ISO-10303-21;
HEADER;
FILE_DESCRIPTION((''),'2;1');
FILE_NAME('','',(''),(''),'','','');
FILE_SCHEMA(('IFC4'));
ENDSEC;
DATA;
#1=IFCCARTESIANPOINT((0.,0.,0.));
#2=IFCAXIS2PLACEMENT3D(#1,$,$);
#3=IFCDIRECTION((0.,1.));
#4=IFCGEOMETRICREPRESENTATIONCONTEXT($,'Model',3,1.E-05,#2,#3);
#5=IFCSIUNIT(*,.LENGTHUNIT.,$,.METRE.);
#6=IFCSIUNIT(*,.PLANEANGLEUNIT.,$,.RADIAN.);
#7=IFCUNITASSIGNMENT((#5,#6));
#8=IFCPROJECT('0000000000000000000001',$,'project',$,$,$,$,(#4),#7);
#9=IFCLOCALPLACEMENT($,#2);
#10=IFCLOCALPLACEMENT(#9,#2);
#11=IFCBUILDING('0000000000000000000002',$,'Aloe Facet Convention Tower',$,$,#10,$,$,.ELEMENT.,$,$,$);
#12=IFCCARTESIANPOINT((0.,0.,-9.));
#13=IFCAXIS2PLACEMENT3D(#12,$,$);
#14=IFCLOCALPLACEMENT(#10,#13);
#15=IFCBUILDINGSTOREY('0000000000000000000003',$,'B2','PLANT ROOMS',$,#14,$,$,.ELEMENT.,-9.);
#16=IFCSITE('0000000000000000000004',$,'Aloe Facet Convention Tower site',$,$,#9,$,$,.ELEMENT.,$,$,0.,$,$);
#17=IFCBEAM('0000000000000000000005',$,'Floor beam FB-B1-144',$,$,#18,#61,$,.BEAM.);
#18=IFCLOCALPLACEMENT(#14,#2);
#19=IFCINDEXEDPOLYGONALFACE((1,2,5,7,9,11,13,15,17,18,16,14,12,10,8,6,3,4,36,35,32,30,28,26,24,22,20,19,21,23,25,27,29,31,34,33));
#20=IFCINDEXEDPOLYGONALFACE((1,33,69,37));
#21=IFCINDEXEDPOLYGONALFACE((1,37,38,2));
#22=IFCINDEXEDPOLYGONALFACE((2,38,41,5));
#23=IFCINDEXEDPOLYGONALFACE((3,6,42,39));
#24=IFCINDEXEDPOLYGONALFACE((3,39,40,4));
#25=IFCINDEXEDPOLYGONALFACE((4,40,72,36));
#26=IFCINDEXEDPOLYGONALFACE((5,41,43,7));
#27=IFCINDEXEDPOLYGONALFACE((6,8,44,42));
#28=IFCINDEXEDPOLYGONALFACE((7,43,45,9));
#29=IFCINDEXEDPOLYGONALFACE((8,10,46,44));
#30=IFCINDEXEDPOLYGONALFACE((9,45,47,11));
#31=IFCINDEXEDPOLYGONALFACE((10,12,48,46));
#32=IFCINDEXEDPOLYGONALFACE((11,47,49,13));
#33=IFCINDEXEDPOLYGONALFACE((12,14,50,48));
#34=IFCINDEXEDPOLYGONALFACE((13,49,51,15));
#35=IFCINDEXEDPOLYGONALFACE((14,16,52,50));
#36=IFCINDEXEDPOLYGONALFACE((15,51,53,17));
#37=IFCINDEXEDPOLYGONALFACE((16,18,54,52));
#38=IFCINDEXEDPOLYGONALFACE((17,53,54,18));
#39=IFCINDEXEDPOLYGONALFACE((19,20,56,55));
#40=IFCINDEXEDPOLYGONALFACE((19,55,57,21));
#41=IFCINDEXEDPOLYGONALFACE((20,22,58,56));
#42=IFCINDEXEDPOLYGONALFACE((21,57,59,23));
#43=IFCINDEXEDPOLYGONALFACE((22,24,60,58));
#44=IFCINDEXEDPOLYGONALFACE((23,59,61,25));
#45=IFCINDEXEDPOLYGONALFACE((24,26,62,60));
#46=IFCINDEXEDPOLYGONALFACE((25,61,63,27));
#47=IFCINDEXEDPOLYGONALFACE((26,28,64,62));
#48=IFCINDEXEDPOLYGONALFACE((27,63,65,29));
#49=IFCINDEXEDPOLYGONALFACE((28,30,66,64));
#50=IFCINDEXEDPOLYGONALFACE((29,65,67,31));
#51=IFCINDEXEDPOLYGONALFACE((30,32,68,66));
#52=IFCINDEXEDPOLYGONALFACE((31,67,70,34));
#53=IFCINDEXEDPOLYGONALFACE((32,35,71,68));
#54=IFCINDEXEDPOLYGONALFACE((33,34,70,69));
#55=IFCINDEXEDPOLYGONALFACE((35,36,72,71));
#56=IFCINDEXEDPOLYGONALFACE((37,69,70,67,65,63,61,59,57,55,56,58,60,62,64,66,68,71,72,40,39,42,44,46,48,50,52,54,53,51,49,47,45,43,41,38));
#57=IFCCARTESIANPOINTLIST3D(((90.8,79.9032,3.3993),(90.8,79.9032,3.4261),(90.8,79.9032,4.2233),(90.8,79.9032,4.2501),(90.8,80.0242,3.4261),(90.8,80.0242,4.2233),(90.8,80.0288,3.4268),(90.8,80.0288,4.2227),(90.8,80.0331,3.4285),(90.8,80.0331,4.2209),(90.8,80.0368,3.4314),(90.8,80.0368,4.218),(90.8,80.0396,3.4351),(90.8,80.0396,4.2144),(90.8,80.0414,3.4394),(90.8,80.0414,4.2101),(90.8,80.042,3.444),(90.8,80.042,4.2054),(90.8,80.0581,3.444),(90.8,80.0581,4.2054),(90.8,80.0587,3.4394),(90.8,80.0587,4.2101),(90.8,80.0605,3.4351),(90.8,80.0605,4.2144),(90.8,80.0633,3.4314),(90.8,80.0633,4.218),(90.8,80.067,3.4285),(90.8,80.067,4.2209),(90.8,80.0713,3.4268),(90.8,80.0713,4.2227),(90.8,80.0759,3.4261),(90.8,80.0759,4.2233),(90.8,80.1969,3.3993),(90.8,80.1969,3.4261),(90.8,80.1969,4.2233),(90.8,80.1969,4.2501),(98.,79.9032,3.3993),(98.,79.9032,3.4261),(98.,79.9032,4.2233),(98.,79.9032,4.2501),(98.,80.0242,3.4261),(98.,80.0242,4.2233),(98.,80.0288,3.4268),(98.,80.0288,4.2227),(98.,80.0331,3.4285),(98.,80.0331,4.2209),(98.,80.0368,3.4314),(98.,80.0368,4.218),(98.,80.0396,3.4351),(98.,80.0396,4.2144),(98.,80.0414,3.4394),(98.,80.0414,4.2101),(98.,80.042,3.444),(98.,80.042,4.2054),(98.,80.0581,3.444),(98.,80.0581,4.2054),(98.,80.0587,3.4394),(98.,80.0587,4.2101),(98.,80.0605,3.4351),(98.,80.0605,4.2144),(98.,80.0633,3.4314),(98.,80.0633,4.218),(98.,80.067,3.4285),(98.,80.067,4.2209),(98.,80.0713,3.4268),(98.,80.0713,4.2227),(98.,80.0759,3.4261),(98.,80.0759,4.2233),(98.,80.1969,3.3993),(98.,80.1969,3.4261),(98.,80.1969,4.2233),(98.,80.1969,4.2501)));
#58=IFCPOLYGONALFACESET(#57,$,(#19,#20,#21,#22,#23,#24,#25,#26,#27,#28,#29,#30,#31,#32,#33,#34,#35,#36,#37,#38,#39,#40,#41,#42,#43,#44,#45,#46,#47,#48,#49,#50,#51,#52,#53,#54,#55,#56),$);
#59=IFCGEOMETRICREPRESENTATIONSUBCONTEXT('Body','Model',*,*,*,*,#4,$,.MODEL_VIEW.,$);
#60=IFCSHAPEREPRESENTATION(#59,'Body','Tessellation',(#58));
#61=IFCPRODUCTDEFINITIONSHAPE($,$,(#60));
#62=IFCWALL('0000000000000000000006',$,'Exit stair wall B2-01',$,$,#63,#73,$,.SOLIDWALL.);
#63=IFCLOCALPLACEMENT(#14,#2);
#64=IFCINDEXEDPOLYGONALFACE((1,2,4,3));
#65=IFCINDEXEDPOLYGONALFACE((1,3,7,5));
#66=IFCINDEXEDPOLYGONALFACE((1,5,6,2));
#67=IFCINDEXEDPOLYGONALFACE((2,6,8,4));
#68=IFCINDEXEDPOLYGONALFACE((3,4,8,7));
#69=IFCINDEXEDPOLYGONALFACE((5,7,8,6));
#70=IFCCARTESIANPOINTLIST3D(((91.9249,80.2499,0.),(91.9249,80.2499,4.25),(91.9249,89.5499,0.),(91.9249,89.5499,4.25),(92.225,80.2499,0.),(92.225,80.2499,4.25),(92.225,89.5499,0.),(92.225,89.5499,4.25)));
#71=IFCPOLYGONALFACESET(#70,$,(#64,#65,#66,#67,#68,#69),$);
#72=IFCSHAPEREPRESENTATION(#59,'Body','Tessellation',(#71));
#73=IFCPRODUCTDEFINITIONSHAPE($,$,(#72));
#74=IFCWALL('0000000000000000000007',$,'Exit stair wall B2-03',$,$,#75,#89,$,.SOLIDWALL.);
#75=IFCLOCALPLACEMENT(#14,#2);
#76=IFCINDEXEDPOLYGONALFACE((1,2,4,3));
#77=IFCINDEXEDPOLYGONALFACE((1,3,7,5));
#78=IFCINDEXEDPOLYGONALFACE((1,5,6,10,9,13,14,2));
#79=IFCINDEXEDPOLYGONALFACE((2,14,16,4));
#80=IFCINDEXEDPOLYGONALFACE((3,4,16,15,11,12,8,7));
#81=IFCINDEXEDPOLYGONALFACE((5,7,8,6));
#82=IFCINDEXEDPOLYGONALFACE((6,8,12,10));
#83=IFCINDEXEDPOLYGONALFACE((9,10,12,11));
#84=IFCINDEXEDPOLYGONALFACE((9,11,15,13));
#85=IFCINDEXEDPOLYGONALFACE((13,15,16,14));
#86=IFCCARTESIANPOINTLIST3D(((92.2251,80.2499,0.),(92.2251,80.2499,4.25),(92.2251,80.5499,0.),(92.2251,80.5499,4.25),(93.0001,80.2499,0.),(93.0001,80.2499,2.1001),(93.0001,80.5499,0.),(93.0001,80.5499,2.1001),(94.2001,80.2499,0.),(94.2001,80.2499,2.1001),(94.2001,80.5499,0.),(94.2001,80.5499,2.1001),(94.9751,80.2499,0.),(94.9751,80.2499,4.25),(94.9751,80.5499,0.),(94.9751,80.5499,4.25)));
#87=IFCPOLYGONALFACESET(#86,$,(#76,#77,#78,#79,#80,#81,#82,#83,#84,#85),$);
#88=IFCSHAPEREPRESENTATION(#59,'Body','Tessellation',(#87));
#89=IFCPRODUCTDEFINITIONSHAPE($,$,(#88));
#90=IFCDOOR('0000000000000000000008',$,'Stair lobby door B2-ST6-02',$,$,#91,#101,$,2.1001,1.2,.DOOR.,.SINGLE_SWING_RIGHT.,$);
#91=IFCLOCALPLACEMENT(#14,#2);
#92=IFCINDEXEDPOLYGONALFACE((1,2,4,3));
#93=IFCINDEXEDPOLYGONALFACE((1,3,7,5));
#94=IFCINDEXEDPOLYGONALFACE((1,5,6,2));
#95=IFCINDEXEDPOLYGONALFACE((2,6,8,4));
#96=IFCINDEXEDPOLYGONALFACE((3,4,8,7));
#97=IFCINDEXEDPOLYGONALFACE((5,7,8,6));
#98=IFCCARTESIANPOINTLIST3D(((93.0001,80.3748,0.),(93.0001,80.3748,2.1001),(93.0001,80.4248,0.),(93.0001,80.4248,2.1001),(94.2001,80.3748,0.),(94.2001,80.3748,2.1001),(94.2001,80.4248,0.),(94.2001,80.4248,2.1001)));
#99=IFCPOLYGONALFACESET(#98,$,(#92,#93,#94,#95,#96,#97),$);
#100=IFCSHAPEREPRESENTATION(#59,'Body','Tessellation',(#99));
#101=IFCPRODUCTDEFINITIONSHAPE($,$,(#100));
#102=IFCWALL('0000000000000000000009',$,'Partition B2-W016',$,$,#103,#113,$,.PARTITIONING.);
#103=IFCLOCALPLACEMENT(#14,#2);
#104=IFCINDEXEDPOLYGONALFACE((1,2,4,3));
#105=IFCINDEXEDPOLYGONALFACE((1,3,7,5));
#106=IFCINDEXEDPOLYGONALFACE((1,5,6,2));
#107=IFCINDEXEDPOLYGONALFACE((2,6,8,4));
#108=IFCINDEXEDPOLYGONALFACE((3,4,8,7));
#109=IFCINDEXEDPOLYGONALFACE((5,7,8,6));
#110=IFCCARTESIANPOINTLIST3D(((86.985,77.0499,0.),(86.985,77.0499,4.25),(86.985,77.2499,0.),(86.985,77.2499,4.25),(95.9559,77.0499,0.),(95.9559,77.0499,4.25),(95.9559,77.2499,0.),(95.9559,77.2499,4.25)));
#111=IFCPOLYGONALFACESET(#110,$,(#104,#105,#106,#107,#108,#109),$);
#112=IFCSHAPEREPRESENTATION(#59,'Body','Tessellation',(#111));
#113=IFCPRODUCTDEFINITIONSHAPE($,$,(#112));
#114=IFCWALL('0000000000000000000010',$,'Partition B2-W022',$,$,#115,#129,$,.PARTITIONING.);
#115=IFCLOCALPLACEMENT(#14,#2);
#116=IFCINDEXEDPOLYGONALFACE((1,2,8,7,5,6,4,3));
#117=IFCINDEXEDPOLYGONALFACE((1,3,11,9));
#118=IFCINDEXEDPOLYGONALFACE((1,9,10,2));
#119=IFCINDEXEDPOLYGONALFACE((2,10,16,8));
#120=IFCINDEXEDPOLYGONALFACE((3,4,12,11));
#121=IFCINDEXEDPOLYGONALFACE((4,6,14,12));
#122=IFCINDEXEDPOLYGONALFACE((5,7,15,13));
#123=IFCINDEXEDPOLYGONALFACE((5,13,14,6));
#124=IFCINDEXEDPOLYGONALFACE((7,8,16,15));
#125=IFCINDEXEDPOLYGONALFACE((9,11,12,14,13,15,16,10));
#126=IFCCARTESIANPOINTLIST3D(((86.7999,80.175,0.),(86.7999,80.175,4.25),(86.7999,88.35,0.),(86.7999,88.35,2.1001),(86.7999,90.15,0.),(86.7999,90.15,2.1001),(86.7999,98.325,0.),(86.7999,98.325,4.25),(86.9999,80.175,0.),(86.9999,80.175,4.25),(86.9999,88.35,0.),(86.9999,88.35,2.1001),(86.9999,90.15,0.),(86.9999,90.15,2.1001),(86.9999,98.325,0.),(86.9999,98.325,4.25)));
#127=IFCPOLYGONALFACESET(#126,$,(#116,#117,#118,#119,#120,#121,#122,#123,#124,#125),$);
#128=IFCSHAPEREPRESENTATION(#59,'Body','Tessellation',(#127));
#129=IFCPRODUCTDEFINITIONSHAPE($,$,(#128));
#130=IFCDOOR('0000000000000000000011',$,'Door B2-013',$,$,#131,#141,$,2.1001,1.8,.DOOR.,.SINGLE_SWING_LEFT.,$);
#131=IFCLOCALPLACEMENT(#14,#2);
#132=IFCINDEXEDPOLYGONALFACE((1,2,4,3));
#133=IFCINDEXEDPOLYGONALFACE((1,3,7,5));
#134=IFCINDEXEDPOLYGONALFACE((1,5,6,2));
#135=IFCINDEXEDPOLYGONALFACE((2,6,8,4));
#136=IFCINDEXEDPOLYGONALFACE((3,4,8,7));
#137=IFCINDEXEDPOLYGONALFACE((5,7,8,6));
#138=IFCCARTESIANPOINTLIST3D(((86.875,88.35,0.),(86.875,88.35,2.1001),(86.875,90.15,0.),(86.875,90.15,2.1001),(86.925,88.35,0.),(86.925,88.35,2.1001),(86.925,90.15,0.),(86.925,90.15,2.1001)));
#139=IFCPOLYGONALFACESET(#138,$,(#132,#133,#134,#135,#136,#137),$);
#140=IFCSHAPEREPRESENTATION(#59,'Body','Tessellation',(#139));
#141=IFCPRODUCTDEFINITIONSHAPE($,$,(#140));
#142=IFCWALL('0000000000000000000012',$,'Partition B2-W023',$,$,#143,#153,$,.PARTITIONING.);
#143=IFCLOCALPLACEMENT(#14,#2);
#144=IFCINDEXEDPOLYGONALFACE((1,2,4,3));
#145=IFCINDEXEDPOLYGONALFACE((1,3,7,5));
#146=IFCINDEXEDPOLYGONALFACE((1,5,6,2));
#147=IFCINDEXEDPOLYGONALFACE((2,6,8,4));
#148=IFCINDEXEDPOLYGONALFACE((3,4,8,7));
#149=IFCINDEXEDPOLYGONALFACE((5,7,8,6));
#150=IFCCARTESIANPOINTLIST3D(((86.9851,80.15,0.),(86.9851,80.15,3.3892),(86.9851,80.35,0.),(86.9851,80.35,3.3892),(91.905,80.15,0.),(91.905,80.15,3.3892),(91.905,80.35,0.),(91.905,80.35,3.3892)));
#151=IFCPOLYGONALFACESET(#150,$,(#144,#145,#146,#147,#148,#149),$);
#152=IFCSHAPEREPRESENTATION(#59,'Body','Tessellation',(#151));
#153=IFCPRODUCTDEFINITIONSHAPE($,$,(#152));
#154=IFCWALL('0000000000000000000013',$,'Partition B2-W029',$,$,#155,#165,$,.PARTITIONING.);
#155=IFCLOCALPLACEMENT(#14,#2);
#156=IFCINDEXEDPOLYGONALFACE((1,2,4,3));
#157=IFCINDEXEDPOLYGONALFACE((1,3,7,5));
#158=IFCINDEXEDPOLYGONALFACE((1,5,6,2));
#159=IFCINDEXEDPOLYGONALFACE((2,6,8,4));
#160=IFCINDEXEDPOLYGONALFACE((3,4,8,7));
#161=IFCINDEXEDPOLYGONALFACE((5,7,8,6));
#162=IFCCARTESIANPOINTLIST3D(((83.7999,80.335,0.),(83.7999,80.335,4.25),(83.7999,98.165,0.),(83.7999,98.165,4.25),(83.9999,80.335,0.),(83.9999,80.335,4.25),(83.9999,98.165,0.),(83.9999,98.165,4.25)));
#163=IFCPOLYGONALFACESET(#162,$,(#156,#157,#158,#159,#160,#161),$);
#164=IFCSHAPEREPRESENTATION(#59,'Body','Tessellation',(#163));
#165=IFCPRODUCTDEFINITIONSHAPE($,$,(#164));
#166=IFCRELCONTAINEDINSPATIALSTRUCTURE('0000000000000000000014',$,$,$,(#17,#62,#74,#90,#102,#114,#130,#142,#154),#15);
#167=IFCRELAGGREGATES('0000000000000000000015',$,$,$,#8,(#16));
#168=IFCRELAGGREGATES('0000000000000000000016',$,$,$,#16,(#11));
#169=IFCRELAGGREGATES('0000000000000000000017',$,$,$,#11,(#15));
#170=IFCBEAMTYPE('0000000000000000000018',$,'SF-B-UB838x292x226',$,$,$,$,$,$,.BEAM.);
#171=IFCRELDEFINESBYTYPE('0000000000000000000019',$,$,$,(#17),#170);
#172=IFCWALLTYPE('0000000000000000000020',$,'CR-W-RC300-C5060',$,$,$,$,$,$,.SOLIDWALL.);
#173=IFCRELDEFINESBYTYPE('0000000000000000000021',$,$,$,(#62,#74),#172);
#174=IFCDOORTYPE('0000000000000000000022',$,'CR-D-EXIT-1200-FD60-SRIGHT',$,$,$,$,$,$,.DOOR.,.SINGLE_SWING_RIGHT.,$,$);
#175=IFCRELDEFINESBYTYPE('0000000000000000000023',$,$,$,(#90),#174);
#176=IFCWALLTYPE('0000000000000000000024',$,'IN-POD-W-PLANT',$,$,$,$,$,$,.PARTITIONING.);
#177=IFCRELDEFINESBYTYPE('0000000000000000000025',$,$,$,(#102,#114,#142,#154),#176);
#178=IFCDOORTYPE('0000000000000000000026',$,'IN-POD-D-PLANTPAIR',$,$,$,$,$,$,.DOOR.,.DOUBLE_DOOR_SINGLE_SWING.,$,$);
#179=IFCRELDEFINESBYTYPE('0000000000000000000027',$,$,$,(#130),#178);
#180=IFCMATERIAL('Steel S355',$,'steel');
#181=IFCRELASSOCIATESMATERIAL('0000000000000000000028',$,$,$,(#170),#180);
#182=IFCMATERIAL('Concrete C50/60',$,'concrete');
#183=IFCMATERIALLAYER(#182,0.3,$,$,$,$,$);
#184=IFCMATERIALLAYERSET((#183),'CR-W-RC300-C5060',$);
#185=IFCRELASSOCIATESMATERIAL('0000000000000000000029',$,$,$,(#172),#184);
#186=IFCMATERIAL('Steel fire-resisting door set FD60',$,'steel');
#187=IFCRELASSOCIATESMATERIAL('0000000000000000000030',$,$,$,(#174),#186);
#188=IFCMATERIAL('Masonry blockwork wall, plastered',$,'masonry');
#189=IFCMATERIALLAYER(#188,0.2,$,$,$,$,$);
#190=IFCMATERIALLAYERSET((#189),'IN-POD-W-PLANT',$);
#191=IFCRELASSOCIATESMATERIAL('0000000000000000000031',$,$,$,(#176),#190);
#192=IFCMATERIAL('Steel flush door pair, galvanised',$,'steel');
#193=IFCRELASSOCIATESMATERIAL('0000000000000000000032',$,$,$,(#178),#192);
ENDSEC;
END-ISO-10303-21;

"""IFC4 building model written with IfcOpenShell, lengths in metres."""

from ifc_helpers import new_model, si_unit, direction, frame, frame_2d, origin, origin_2d, place, context, subcontext, project, spatial, rectangle, i_section, extrude, material, layer, layer_set, material_profile, profile_set, type_object, element, fill, save


model = new_model("IFC4")

# Units and contexts
model_context = context("Model", 3, precision=1e-05, world=origin(), true_north=direction((0.0, 1.0)))
body_context = subcontext(model_context, "Body", "Model", "MODEL_VIEW")
ifc_project = project(units=[si_unit("LENGTHUNIT", "METRE"), si_unit("PLANEANGLEUNIT", "RADIAN")], contexts=[model_context])

# Site, building, storey
site_placement = place(None, origin())
site = spatial("IfcSite", under=ifc_project, at=site_placement, Name="Aloe Facet Convention Tower site", CompositionType="ELEMENT", RefElevation=0.0)
building_placement = place(site_placement, origin())
building = spatial("IfcBuilding", under=site, at=building_placement, Name="Aloe Facet Convention Tower", CompositionType="ELEMENT")
storey_placement = place(building_placement, frame((0.0, 0.0, -9.0)))
storey = spatial("IfcBuildingStorey", under=building, at=storey_placement, Name="B2", Description="PLANT ROOMS", CompositionType="ELEMENT", Elevation=-9.0)

# Beam
ifc_material_1 = material(Name="Steel S355", Category="steel")
ifc_material_profile_1 = material_profile(ifc_material_1, i_section(OverallWidth=0.2937, OverallDepth=0.8508, WebThickness=0.0161, FlangeThickness=0.0269, FilletRadius=0.0178, at=origin_2d()), Name="UB 838x292x226")
ifc_profile_set_1 = profile_set([ifc_material_profile_1], Name="Steel S355")
beam_type = type_object("IfcBeamType", Name="SF-B-UB838x292x226", PredefinedType="BEAM", material=ifc_profile_set_1)
beam_1_placement = place(storey_placement, frame((90.8, 80.05, 3.8247), z_axis=(1.0, 0.0, 0.0), x_axis=(0.0, 1.0, 0.0)))
element("IfcBeam", 1, at=beam_1_placement, inside=storey, type_object=beam_type, Name="Floor beam FB-B1-144", PredefinedType="BEAM", context=body_context, shape_type="SweptSolid", body=[
    extrude(i_section(OverallWidth=0.2937, OverallDepth=0.8508, WebThickness=0.0161, FlangeThickness=0.0269, FilletRadius=0.0178, at=origin_2d()), origin(), (0.0, 0.0, 1.0), 7.2),
])

# Wall
ifc_material_2 = material(Name="Concrete C50/60", Category="concrete")
ifc_layer_1 = layer(ifc_material_2, 0.3)
ifc_layer_set_1 = layer_set([ifc_layer_1], Name="CR-W-RC300-C5060")
wall_type_1 = type_object("IfcWallType", Name="CR-W-RC300-C5060", PredefinedType="SOLIDWALL", material=ifc_layer_set_1)
wall_1_placement = place(storey_placement, frame((92.075, 80.25, 0.0), z_axis=(0.0, 0.0, 1.0), x_axis=(0.0, 1.0, 0.0)))
element("IfcWall", 2, at=wall_1_placement, inside=storey, type_object=wall_type_1, Name="Exit stair wall B2-01", PredefinedType="SOLIDWALL", context=body_context, shape_type="SweptSolid", body=[
    extrude(rectangle(XDim=9.3, YDim=0.3, at=frame_2d((4.6499, 0.0))), origin(), (0.0, 0.0, 1.0), 4.25),
])

# Wall, opening, door
wall_2_placement = place(storey_placement, frame((92.2251, 80.3999, 0.0), z_axis=(0.0, 0.0, 1.0), x_axis=(1.0, 0.0, 0.0)))
wall_2 = element("IfcWall", 3, at=wall_2_placement, inside=storey, type_object=wall_type_1, Name="Exit stair wall B2-03", PredefinedType="SOLIDWALL", context=body_context, shape_type="SweptSolid", body=[
    extrude(rectangle(XDim=2.75, YDim=0.3, at=frame_2d((1.375, 0.0))), origin(), (0.0, 0.0, 1.0), 4.25),
])
opening_1_placement = place(wall_2_placement, frame((0.7749, 0.0, 0.0)))
opening_1 = element("IfcOpeningElement", 4, at=opening_1_placement, cuts=wall_2, PredefinedType="OPENING", context=body_context, shape_type="SweptSolid", body=[
    extrude(rectangle(XDim=1.2, YDim=2.1001, at=frame_2d((0.6001, 1.05))), frame((0.0, 0.1602, 0.0), z_axis=(0.0, -1.0, 0.0), x_axis=(1.0, 0.0, 0.0)), (0.0, 0.0, 1.0), 0.3201),
])
ifc_material_3 = material(Name="Steel fire-resisting door set FD60", Category="steel")
door_type_1 = type_object("IfcDoorType", Name="CR-D-EXIT-1200-FD60-SRIGHT", OperationType="SINGLE_SWING_RIGHT", PredefinedType="DOOR", material=ifc_material_3)
door_1_placement = place(opening_1_placement, origin())
door_1 = element("IfcDoor", 5, at=door_1_placement, inside=storey, type_object=door_type_1, Name="Stair lobby door B2-ST6-02", OperationType="SINGLE_SWING_RIGHT", OverallHeight=2.1001, OverallWidth=1.2, PredefinedType="DOOR", context=body_context, shape_type="SweptSolid", body=[
    extrude(rectangle(XDim=1.2, YDim=2.1001, at=frame_2d((0.6001, 1.05))), frame((0.0, 0.0249, 0.0), z_axis=(0.0, -1.0, 0.0), x_axis=(1.0, 0.0, 0.0)), (0.0, 0.0, 1.0), 0.05),
])
fill(opening_1, door_1)

# Wall
ifc_material_4 = material(Name="Masonry blockwork wall, plastered", Category="masonry")
ifc_layer_2 = layer(ifc_material_4, 0.2)
ifc_layer_set_2 = layer_set([ifc_layer_2], Name="IN-POD-W-PLANT")
wall_type_2 = type_object("IfcWallType", Name="IN-POD-W-PLANT", PredefinedType="PARTITIONING", material=ifc_layer_set_2)
wall_3_placement = place(storey_placement, frame((86.9851, 77.1499, 0.0), z_axis=(0.0, 0.0, 1.0), x_axis=(1.0, 0.0, 0.0)))
element("IfcWall", 6, at=wall_3_placement, inside=storey, type_object=wall_type_2, Name="Partition B2-W016", PredefinedType="PARTITIONING", context=body_context, shape_type="SweptSolid", body=[
    extrude(rectangle(XDim=8.9709, YDim=0.2, at=frame_2d((4.4854, 0.0))), origin(), (0.0, 0.0, 1.0), 4.25),
])

# Wall, opening, door
wall_4_placement = place(storey_placement, frame((86.8999, 80.175, 0.0), z_axis=(0.0, 0.0, 1.0), x_axis=(0.0, 1.0, 0.0)))
wall_4 = element("IfcWall", 7, at=wall_4_placement, inside=storey, type_object=wall_type_2, Name="Partition B2-W022", PredefinedType="PARTITIONING", context=body_context, shape_type="SweptSolid", body=[
    extrude(rectangle(XDim=18.1499, YDim=0.2, at=frame_2d((9.075, 0.0))), origin(), (0.0, 0.0, 1.0), 4.25),
])
opening_2_placement = place(wall_4_placement, frame((8.175, 0.0, 0.0)))
opening_2 = element("IfcOpeningElement", 8, at=opening_2_placement, cuts=wall_4, PredefinedType="OPENING", context=body_context, shape_type="SweptSolid", body=[
    extrude(rectangle(XDim=1.8, YDim=2.1001, at=frame_2d((0.8999, 1.05))), frame((0.0, 0.1099, 0.0), z_axis=(0.0, -1.0, 0.0), x_axis=(1.0, 0.0, 0.0)), (0.0, 0.0, 1.0), 0.22),
])
ifc_material_5 = material(Name="Steel flush door pair, galvanised", Category="steel")
door_type_2 = type_object("IfcDoorType", Name="IN-POD-D-PLANTPAIR", OperationType="DOUBLE_DOOR_SINGLE_SWING", PredefinedType="DOOR", material=ifc_material_5)
door_2_placement = place(opening_2_placement, origin())
door_2 = element("IfcDoor", 9, at=door_2_placement, inside=storey, type_object=door_type_2, Name="Door B2-013", OperationType="SINGLE_SWING_LEFT", OverallHeight=2.1001, OverallWidth=1.8, PredefinedType="DOOR", context=body_context, shape_type="SweptSolid", body=[
    extrude(rectangle(XDim=1.8, YDim=2.1001, at=frame_2d((0.8999, 1.05))), frame((0.0, 0.0249, 0.0), z_axis=(0.0, -1.0, 0.0), x_axis=(1.0, 0.0, 0.0)), (0.0, 0.0, 1.0), 0.05),
])
fill(opening_2, door_2)

# Walls
wall_5_placement = place(storey_placement, frame((86.9851, 80.25, 0.0), z_axis=(0.0, 0.0, 1.0), x_axis=(1.0, 0.0, 0.0)))
element("IfcWall", 10, at=wall_5_placement, inside=storey, type_object=wall_type_2, Name="Partition B2-W023", PredefinedType="PARTITIONING", context=body_context, shape_type="SweptSolid", body=[
    extrude(rectangle(XDim=4.9199, YDim=0.2, at=frame_2d((2.46, 0.0))), origin(), (0.0, 0.0, 1.0), 3.3892),
])
wall_6_placement = place(storey_placement, frame((83.8999, 80.335, 0.0), z_axis=(0.0, 0.0, 1.0), x_axis=(0.0, 1.0, 0.0)))
element("IfcWall", 11, at=wall_6_placement, inside=storey, type_object=wall_type_2, Name="Partition B2-W029", PredefinedType="PARTITIONING", context=body_context, shape_type="SweptSolid", body=[
    extrude(rectangle(XDim=17.8301, YDim=0.2, at=frame_2d((8.915, 0.0))), origin(), (0.0, 0.0, 1.0), 4.25),
])

save(model, "model.ifc")
